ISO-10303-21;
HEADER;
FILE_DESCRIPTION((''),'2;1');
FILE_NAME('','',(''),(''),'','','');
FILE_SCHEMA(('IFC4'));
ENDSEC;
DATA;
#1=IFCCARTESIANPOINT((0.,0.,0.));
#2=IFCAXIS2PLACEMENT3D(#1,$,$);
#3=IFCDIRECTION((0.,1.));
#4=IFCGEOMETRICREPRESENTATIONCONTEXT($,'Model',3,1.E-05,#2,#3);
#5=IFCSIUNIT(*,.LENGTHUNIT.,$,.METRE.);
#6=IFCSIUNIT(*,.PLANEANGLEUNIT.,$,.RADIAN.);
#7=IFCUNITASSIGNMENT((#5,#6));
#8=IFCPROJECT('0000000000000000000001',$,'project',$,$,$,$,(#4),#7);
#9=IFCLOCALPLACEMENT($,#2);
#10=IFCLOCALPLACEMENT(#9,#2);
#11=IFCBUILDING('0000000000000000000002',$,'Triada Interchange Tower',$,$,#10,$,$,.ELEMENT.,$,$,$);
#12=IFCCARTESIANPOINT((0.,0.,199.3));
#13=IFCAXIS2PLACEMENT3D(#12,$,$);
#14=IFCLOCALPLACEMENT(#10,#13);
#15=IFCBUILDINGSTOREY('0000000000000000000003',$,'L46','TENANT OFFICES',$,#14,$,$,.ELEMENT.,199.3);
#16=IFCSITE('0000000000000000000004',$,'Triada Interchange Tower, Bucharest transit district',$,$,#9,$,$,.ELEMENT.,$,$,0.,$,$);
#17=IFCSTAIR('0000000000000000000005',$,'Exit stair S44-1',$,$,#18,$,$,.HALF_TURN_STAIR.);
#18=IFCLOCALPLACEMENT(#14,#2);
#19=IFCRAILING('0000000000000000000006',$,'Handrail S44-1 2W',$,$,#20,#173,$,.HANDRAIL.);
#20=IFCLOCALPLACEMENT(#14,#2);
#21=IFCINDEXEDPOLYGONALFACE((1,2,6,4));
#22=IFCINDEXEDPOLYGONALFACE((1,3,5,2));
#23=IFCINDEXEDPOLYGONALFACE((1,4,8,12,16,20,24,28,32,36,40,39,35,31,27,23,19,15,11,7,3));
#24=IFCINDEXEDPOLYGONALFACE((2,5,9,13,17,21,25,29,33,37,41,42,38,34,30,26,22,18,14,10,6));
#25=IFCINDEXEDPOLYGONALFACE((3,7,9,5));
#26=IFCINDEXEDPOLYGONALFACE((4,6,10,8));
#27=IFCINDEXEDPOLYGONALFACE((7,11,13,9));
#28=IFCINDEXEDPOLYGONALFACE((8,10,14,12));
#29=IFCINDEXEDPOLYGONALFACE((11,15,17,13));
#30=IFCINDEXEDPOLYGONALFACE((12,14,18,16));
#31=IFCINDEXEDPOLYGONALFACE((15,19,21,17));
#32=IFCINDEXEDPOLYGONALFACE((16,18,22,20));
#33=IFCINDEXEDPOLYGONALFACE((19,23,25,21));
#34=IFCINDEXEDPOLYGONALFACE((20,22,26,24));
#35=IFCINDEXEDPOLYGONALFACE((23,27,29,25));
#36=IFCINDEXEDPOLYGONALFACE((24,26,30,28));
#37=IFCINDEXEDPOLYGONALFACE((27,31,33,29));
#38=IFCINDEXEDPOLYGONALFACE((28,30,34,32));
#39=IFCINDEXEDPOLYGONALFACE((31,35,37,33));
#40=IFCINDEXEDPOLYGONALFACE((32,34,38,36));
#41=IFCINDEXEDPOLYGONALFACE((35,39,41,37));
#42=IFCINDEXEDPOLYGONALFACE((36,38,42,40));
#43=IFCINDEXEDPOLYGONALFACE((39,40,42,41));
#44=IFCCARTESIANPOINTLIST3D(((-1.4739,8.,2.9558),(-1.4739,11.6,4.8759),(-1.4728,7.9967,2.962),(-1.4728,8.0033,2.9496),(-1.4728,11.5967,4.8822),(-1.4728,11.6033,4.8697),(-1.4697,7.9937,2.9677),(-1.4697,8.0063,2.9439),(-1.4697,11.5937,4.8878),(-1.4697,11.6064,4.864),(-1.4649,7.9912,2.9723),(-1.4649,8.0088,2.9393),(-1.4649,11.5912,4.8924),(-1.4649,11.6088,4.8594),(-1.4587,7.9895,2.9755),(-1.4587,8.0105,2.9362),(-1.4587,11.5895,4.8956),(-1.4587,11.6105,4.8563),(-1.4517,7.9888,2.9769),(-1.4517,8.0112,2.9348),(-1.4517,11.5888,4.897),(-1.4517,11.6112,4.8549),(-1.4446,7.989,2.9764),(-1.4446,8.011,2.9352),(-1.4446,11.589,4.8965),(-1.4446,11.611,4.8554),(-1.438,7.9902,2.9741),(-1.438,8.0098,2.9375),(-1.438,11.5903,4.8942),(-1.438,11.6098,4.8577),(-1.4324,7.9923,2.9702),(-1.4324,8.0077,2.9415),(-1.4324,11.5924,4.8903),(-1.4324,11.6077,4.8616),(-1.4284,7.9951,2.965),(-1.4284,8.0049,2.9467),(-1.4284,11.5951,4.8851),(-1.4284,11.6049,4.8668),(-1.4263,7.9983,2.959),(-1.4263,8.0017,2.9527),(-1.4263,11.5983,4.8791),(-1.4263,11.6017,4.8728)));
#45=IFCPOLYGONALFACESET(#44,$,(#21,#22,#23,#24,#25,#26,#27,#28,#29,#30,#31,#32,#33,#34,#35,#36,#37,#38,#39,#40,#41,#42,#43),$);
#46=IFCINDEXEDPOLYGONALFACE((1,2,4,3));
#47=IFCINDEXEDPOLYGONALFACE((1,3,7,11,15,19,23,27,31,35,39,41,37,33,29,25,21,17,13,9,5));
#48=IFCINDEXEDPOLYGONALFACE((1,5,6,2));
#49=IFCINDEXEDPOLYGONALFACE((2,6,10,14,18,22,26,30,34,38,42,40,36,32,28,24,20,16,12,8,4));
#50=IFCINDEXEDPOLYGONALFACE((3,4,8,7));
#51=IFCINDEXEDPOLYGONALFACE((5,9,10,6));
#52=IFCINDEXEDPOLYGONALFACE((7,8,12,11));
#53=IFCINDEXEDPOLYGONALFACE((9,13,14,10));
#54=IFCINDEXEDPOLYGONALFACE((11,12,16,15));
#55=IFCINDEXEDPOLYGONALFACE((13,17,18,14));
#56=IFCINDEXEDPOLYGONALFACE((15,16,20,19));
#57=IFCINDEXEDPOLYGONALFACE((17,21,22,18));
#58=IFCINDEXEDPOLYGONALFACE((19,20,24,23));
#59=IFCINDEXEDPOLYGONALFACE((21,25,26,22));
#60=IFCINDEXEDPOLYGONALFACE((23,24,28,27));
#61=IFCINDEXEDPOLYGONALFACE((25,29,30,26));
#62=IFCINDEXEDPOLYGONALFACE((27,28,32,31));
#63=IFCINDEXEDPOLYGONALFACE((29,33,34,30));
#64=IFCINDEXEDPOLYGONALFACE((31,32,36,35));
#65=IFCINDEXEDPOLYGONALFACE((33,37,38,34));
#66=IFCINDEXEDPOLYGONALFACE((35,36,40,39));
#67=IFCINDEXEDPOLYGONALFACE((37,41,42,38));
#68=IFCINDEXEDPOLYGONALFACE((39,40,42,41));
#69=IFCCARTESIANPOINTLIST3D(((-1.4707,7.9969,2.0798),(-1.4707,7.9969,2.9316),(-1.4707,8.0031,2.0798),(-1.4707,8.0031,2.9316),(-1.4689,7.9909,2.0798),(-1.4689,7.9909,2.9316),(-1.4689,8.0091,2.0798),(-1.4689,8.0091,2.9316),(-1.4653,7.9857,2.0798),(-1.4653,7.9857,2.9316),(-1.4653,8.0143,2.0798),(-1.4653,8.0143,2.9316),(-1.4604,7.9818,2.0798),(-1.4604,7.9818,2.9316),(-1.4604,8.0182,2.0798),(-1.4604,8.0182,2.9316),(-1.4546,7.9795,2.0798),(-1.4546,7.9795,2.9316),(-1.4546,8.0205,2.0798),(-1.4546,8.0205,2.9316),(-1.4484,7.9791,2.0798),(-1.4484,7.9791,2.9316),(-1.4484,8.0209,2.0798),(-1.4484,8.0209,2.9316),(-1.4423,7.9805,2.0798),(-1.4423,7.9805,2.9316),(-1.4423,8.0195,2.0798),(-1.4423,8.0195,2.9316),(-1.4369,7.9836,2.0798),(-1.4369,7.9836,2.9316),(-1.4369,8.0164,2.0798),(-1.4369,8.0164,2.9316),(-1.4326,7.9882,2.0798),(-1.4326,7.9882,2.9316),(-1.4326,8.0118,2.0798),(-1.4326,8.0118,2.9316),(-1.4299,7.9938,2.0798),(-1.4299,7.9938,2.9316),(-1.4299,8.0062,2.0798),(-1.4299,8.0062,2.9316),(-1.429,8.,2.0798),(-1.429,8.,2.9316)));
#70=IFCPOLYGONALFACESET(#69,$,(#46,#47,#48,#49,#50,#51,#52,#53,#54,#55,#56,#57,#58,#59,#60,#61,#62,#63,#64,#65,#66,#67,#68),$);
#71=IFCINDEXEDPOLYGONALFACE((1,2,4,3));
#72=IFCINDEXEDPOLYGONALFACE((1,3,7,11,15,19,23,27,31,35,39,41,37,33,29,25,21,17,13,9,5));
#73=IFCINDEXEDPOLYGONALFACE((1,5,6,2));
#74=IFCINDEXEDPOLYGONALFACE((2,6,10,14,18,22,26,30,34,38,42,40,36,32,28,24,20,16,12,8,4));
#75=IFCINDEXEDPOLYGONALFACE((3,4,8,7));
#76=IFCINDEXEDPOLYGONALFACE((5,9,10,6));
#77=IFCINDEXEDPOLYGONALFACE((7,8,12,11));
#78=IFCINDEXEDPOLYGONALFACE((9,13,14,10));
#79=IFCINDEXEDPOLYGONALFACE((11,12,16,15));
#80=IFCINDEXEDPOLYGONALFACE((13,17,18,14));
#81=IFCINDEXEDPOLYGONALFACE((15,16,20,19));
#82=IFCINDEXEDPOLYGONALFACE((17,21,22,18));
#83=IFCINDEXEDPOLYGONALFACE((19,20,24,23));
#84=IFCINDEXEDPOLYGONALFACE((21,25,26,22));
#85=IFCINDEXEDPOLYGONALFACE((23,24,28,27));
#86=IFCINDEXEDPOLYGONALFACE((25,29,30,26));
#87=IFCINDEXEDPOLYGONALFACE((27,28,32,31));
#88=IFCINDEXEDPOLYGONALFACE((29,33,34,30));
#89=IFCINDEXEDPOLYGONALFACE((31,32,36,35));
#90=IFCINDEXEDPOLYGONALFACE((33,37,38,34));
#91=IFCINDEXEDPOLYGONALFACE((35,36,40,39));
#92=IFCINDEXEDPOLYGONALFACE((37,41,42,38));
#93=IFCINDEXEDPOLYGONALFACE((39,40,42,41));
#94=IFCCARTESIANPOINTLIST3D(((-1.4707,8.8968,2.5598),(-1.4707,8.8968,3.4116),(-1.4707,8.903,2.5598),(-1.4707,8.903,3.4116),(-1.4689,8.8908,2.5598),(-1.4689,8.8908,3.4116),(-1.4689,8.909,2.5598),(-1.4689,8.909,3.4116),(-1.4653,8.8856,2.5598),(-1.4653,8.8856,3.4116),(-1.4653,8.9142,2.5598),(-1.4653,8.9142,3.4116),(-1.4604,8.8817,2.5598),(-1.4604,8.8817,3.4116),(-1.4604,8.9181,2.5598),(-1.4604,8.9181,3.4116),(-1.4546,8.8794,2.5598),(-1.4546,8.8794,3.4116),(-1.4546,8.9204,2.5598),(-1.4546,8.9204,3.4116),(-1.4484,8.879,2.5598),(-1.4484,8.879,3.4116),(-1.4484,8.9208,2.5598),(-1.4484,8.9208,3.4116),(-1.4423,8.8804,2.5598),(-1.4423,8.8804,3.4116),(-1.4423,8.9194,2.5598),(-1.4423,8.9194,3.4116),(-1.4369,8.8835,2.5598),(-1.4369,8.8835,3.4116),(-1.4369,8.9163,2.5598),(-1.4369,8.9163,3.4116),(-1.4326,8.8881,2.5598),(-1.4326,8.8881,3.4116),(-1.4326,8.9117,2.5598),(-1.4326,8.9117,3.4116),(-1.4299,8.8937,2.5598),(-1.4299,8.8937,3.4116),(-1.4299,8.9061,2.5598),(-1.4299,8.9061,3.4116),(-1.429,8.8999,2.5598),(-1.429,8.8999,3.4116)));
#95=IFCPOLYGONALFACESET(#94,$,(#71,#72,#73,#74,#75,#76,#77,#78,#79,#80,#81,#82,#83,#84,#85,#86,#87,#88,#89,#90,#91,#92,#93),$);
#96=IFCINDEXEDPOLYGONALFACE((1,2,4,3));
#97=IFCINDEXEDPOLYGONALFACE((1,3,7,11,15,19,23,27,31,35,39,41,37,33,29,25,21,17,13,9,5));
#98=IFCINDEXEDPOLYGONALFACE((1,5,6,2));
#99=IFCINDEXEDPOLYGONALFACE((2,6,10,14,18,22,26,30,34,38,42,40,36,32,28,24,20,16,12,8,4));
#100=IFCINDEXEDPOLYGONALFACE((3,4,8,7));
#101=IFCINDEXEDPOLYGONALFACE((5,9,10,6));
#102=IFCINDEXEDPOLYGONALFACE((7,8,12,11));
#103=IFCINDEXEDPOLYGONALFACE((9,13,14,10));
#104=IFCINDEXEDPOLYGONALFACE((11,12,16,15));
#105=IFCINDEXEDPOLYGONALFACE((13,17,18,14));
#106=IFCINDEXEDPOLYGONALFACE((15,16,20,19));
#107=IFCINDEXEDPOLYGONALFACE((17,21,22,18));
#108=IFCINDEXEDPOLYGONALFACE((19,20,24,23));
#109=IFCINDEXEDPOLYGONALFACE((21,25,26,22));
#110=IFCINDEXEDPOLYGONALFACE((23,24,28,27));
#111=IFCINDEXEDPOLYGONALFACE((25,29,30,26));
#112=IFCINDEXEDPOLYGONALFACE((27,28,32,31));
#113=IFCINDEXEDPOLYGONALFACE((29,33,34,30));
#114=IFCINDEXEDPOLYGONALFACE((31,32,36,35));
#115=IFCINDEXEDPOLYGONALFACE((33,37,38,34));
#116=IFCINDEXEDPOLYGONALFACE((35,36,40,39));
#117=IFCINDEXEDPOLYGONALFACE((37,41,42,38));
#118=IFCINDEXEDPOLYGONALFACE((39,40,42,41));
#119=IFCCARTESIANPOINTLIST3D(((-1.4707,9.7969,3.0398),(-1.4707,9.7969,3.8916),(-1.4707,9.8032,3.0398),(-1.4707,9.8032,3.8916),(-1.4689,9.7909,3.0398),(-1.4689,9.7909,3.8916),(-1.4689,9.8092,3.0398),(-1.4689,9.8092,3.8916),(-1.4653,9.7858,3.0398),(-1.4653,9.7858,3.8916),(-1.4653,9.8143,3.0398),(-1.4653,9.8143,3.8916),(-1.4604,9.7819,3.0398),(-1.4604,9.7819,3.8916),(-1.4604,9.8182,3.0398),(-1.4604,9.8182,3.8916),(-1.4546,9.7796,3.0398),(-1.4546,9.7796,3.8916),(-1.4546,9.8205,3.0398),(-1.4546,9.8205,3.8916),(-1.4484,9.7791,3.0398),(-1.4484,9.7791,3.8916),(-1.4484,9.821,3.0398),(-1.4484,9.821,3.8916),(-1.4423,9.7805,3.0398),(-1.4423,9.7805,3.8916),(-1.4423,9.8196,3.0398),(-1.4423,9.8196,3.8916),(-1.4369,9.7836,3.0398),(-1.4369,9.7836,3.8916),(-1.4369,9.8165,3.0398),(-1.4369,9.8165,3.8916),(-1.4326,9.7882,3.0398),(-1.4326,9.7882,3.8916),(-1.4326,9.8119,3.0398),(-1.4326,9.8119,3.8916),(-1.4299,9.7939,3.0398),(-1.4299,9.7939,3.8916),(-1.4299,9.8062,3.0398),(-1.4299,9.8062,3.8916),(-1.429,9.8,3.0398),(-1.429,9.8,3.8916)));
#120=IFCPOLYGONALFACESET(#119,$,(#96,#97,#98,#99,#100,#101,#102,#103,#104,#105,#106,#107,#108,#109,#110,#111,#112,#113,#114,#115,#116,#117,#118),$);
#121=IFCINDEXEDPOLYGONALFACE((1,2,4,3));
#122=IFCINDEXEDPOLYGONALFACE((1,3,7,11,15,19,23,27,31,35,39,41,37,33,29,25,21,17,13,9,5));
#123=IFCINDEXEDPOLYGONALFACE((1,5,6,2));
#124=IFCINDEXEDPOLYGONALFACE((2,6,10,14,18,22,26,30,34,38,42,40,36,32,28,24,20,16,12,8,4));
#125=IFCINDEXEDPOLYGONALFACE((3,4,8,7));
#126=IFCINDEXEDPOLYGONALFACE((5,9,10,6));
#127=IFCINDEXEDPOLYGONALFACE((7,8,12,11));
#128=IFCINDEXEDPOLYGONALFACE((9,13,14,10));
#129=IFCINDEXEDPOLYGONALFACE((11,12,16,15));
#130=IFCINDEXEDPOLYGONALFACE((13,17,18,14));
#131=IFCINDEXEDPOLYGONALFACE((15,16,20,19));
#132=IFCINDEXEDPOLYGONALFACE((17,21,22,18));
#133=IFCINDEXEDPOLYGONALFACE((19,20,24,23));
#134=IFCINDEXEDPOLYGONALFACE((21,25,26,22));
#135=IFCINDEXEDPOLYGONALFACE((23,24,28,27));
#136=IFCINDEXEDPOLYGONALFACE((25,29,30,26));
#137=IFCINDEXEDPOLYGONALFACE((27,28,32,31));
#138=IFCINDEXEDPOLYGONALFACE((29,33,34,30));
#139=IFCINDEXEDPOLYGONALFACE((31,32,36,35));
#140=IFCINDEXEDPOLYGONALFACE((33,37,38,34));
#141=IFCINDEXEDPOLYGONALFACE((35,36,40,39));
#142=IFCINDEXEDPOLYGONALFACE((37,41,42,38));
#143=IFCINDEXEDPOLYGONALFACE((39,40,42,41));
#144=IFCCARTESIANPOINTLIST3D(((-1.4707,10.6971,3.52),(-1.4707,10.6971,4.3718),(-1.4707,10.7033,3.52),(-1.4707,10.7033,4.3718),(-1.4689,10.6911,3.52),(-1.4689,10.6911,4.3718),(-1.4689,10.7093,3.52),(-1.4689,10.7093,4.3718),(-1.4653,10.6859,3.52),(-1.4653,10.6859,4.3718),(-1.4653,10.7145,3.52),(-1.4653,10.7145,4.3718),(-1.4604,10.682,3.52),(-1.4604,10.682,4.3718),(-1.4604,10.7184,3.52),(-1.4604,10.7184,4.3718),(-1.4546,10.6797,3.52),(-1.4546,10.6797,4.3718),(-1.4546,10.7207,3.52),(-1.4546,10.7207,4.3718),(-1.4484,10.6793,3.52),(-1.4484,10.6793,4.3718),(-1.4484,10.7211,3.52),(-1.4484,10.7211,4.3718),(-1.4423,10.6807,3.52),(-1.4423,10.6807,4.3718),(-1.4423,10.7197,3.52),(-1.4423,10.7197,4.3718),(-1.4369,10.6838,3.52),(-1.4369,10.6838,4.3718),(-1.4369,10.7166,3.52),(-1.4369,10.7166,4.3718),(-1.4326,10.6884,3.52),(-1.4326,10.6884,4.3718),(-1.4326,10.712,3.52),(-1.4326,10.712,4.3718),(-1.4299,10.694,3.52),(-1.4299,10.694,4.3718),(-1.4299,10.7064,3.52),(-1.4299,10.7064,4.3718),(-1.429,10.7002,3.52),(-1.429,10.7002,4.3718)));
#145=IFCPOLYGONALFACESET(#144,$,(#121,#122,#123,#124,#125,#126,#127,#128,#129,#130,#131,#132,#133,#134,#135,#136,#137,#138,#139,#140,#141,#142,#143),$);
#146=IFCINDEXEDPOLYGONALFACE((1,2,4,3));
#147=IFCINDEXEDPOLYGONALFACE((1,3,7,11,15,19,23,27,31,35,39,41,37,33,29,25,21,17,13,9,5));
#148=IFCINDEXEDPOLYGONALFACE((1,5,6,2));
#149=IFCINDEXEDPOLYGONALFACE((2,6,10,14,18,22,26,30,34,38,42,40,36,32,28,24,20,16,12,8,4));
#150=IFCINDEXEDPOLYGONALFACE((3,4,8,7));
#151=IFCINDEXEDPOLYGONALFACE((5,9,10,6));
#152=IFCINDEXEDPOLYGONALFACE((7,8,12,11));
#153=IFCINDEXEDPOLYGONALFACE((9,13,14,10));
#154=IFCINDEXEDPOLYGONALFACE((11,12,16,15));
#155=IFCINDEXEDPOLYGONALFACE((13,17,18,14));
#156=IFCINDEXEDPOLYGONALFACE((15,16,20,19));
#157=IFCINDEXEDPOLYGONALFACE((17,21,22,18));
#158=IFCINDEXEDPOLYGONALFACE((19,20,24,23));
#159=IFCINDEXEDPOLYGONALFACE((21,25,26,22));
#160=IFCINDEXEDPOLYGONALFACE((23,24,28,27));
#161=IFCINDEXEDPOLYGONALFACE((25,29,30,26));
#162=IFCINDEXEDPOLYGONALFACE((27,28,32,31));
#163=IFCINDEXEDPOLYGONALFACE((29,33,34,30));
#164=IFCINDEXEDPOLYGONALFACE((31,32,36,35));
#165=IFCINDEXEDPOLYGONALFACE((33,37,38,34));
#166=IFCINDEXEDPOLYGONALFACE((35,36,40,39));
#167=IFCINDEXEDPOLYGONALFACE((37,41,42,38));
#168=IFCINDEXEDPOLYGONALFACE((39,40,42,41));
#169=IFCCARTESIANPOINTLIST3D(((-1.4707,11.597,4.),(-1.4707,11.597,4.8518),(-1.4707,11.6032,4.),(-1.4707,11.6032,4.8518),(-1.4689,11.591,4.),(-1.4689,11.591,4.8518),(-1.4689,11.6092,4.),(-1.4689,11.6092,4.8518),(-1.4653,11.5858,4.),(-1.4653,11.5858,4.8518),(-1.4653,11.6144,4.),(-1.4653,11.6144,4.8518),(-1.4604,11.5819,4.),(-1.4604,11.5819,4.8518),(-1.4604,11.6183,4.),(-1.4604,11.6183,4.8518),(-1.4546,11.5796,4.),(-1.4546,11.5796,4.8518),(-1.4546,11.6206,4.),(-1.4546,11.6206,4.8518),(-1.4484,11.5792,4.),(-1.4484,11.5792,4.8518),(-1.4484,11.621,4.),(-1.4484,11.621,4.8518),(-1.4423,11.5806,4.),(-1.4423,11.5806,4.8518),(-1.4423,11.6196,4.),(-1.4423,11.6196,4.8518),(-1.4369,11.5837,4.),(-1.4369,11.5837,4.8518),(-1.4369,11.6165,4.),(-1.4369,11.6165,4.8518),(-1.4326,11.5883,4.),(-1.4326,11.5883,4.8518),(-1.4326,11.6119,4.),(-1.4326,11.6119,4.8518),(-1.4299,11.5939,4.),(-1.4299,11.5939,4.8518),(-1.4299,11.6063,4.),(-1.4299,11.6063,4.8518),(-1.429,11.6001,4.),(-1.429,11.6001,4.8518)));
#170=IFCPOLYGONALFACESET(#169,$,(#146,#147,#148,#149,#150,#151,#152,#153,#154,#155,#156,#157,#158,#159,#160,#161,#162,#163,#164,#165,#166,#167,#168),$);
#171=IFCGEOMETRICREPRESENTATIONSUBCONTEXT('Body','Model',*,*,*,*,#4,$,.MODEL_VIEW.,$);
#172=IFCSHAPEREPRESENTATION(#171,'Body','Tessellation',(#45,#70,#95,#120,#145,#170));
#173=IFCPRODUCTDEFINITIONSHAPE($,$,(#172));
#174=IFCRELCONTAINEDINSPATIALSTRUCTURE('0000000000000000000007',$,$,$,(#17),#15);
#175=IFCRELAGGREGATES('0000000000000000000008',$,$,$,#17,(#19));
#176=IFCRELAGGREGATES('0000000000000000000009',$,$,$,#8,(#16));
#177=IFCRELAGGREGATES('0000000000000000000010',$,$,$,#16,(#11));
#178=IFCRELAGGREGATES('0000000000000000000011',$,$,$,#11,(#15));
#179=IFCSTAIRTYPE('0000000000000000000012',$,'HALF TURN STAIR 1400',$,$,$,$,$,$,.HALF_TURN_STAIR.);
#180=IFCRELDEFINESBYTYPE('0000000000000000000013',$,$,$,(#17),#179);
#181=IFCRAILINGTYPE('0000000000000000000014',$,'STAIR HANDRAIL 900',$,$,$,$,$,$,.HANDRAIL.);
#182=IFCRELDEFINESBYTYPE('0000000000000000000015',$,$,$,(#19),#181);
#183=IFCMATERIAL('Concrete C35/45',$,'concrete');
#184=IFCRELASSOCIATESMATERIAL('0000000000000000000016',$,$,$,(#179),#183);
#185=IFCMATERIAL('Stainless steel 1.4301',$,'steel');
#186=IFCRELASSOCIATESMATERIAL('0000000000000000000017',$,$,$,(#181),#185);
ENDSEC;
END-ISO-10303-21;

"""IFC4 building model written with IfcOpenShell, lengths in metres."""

from ifc_helpers import new_model, si_unit, direction, frame, origin, origin_2d, place, context, subcontext, project, spatial, circle, extrude, material, type_object, element, aggregate, save


model = new_model("IFC4")

# Units and contexts
model_context = context("Model", 3, precision=1e-05, world=origin(), true_north=direction((0.0, 1.0)))
body_context = subcontext(model_context, "Body", "Model", "MODEL_VIEW")
ifc_project = project(units=[si_unit("LENGTHUNIT", "METRE"), si_unit("PLANEANGLEUNIT", "RADIAN")], contexts=[model_context])

# Site, building, storey
site_placement = place(None, origin())
site = spatial("IfcSite", under=ifc_project, at=site_placement, Name="Triada Interchange Tower, Bucharest transit district", CompositionType="ELEMENT", RefElevation=0.0)
building_placement = place(site_placement, origin())
building = spatial("IfcBuilding", under=site, at=building_placement, Name="Triada Interchange Tower", CompositionType="ELEMENT")
storey_placement = place(building_placement, frame((0.0, 0.0, 199.3)))
storey = spatial("IfcBuildingStorey", under=building, at=storey_placement, Name="L46", Description="TENANT OFFICES", CompositionType="ELEMENT", Elevation=199.3)

# Stair, railing
ifc_material_1 = material(Name="Concrete C35/45", Category="concrete")
stair_type = type_object("IfcStairType", Name="HALF TURN STAIR 1400", PredefinedType="HALF_TURN_STAIR", material=ifc_material_1)
stair_placement = place(storey_placement, origin())
stair = element("IfcStair", 1, at=stair_placement, inside=storey, type_object=stair_type, Name="Exit stair S44-1", PredefinedType="HALF_TURN_STAIR")
ifc_material_2 = material(Name="Stainless steel 1.4301", Category="steel")
railing_type = type_object("IfcRailingType", Name="STAIR HANDRAIL 900", PredefinedType="HANDRAIL", material=ifc_material_2)
railing_placement = place(storey_placement, frame((-1.45, 8.0, 2.0798)))
railing = element("IfcRailing", 2, at=railing_placement, type_object=railing_type, Name="Handrail S44-1 2W", PredefinedType="HANDRAIL", context=body_context, shape_type="SweptSolid", body=[
    extrude(circle(Radius=0.0239, at=origin_2d()), frame((0.0, 0.0, 0.876), z_axis=(0.0, 0.882341, 0.47061), x_axis=(-1.0, 0.0, 0.0)), (0.0, 0.0, 1.0), 4.0801),
    extrude(circle(Radius=0.021, at=origin_2d()), origin(), (0.0, 0.0, 1.0), 0.8518),
    extrude(circle(Radius=0.021, at=origin_2d()), frame((0.0, 0.8999, 0.48)), (0.0, 0.0, 1.0), 0.8518),
    extrude(circle(Radius=0.021, at=origin_2d()), frame((0.0, 1.8, 0.96)), (0.0, 0.0, 1.0), 0.8518),
    extrude(circle(Radius=0.021, at=origin_2d()), frame((0.0, 2.7002, 1.4402)), (0.0, 0.0, 1.0), 0.8518),
    extrude(circle(Radius=0.021, at=origin_2d()), frame((0.0, 3.6001, 1.9202)), (0.0, 0.0, 1.0), 0.8518),
])
aggregate(stair, [railing])

save(model, "model.ifc")
